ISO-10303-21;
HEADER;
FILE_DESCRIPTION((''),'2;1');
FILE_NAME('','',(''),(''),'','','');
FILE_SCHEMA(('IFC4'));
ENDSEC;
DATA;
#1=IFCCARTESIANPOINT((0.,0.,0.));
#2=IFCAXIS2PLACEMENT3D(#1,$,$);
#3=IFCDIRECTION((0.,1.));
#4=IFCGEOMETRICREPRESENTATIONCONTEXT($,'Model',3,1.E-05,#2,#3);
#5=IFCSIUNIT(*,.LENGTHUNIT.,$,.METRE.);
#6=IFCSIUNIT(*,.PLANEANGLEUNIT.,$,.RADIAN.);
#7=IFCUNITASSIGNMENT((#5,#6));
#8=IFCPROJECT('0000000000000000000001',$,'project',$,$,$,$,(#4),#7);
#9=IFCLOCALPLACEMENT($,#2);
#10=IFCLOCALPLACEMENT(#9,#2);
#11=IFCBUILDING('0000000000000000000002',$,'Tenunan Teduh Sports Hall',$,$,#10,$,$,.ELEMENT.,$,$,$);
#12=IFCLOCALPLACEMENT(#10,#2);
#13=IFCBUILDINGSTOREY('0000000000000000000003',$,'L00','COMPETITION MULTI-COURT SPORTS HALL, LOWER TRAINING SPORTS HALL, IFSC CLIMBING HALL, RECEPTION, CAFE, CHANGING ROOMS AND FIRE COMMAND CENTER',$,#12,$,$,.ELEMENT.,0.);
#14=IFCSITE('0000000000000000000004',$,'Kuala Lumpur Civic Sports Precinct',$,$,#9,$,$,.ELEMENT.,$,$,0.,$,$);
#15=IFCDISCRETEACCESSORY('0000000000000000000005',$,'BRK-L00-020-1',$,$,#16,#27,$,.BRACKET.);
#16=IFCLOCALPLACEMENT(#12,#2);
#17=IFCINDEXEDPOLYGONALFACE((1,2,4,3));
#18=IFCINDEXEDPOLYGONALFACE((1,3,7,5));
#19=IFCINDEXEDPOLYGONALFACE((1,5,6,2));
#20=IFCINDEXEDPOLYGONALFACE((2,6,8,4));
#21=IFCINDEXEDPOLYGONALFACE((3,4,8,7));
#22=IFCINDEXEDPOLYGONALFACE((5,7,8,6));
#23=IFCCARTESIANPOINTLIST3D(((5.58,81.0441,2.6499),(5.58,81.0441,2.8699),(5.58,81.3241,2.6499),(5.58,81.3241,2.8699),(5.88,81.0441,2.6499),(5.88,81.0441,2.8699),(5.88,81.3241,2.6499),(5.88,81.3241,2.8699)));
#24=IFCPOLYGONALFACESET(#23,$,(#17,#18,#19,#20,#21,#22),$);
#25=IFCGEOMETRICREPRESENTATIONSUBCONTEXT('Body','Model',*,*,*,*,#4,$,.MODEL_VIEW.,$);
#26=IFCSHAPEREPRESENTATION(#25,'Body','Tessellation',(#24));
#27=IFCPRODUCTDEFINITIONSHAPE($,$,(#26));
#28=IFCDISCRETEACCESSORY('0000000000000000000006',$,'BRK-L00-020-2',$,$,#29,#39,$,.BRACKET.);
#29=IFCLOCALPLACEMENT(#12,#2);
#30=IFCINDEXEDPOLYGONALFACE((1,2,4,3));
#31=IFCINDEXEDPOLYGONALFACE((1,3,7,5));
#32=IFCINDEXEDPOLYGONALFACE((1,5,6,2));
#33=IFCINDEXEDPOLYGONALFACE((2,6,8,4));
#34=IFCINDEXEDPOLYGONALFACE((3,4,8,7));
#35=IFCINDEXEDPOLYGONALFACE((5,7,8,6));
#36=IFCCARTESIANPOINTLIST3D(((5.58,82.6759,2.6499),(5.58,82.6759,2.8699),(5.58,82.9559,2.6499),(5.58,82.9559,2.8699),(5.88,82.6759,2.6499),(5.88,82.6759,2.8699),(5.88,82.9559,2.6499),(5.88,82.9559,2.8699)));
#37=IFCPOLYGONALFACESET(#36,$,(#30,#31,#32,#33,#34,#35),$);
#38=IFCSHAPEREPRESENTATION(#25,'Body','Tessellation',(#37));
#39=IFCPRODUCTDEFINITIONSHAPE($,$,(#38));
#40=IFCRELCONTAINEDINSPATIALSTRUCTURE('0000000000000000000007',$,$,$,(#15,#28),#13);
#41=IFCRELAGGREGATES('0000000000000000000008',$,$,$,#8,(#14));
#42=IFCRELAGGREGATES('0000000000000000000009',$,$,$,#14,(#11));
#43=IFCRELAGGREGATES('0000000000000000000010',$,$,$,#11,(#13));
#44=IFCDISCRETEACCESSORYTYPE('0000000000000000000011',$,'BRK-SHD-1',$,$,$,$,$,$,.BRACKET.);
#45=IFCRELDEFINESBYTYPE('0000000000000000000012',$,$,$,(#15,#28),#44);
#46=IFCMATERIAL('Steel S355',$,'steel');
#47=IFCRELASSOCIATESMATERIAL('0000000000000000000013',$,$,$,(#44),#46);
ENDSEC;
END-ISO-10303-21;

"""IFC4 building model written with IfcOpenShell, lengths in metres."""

from ifc_helpers import new_model, si_unit, direction, frame, origin, origin_2d, place, context, subcontext, project, spatial, rectangle, extrude, material, type_object, element, save


model = new_model("IFC4")

# Units and contexts
model_context = context("Model", 3, precision=1e-05, world=origin(), true_north=direction((0.0, 1.0)))
body_context = subcontext(model_context, "Body", "Model", "MODEL_VIEW")
ifc_project = project(units=[si_unit("LENGTHUNIT", "METRE"), si_unit("PLANEANGLEUNIT", "RADIAN")], contexts=[model_context])

# Site, building, storey
site_placement = place(None, origin())
site = spatial("IfcSite", under=ifc_project, at=site_placement, Name="Kuala Lumpur Civic Sports Precinct", CompositionType="ELEMENT", RefElevation=0.0)
building_placement = place(site_placement, origin())
building = spatial("IfcBuilding", under=site, at=building_placement, Name="Tenunan Teduh Sports Hall", CompositionType="ELEMENT")
storey_placement = place(building_placement, origin())
storey = spatial("IfcBuildingStorey", under=building, at=storey_placement, Name="L00", Description="COMPETITION MULTI-COURT SPORTS HALL, LOWER TRAINING SPORTS HALL, IFSC CLIMBING HALL, RECEPTION, CAFE, CHANGING ROOMS AND FIRE COMMAND CENTER", CompositionType="ELEMENT", Elevation=0.0)

# Discrete accessories
ifc_material_1 = material(Name="Steel S355", Category="steel")
discrete_accessory_type = type_object("IfcDiscreteAccessoryType", Name="BRK-SHD-1", PredefinedType="BRACKET", material=ifc_material_1)
for number, where, z_axis, x_axis, name in (
    (1, (5.73, 81.1841, 2.6499), (0.0, 0.0, 1.0), (0.0, 1.0, 0.0), "BRK-L00-020-1"),
    (2, (5.73, 82.8159, 2.6499), (0.0, 0.0, 1.0), (0.0, 1.0, 0.0), "BRK-L00-020-2"),
):
    element("IfcDiscreteAccessory", number, at=place(storey_placement, frame(where, z_axis=z_axis, x_axis=x_axis)), inside=storey, type_object=discrete_accessory_type, Name=name, PredefinedType="BRACKET", context=body_context, shape_type="SweptSolid", body=[
        extrude(rectangle(XDim=0.28, YDim=0.3, at=origin_2d()), origin(), (0.0, 0.0, 1.0), 0.22),
    ])

save(model, "model.ifc")
